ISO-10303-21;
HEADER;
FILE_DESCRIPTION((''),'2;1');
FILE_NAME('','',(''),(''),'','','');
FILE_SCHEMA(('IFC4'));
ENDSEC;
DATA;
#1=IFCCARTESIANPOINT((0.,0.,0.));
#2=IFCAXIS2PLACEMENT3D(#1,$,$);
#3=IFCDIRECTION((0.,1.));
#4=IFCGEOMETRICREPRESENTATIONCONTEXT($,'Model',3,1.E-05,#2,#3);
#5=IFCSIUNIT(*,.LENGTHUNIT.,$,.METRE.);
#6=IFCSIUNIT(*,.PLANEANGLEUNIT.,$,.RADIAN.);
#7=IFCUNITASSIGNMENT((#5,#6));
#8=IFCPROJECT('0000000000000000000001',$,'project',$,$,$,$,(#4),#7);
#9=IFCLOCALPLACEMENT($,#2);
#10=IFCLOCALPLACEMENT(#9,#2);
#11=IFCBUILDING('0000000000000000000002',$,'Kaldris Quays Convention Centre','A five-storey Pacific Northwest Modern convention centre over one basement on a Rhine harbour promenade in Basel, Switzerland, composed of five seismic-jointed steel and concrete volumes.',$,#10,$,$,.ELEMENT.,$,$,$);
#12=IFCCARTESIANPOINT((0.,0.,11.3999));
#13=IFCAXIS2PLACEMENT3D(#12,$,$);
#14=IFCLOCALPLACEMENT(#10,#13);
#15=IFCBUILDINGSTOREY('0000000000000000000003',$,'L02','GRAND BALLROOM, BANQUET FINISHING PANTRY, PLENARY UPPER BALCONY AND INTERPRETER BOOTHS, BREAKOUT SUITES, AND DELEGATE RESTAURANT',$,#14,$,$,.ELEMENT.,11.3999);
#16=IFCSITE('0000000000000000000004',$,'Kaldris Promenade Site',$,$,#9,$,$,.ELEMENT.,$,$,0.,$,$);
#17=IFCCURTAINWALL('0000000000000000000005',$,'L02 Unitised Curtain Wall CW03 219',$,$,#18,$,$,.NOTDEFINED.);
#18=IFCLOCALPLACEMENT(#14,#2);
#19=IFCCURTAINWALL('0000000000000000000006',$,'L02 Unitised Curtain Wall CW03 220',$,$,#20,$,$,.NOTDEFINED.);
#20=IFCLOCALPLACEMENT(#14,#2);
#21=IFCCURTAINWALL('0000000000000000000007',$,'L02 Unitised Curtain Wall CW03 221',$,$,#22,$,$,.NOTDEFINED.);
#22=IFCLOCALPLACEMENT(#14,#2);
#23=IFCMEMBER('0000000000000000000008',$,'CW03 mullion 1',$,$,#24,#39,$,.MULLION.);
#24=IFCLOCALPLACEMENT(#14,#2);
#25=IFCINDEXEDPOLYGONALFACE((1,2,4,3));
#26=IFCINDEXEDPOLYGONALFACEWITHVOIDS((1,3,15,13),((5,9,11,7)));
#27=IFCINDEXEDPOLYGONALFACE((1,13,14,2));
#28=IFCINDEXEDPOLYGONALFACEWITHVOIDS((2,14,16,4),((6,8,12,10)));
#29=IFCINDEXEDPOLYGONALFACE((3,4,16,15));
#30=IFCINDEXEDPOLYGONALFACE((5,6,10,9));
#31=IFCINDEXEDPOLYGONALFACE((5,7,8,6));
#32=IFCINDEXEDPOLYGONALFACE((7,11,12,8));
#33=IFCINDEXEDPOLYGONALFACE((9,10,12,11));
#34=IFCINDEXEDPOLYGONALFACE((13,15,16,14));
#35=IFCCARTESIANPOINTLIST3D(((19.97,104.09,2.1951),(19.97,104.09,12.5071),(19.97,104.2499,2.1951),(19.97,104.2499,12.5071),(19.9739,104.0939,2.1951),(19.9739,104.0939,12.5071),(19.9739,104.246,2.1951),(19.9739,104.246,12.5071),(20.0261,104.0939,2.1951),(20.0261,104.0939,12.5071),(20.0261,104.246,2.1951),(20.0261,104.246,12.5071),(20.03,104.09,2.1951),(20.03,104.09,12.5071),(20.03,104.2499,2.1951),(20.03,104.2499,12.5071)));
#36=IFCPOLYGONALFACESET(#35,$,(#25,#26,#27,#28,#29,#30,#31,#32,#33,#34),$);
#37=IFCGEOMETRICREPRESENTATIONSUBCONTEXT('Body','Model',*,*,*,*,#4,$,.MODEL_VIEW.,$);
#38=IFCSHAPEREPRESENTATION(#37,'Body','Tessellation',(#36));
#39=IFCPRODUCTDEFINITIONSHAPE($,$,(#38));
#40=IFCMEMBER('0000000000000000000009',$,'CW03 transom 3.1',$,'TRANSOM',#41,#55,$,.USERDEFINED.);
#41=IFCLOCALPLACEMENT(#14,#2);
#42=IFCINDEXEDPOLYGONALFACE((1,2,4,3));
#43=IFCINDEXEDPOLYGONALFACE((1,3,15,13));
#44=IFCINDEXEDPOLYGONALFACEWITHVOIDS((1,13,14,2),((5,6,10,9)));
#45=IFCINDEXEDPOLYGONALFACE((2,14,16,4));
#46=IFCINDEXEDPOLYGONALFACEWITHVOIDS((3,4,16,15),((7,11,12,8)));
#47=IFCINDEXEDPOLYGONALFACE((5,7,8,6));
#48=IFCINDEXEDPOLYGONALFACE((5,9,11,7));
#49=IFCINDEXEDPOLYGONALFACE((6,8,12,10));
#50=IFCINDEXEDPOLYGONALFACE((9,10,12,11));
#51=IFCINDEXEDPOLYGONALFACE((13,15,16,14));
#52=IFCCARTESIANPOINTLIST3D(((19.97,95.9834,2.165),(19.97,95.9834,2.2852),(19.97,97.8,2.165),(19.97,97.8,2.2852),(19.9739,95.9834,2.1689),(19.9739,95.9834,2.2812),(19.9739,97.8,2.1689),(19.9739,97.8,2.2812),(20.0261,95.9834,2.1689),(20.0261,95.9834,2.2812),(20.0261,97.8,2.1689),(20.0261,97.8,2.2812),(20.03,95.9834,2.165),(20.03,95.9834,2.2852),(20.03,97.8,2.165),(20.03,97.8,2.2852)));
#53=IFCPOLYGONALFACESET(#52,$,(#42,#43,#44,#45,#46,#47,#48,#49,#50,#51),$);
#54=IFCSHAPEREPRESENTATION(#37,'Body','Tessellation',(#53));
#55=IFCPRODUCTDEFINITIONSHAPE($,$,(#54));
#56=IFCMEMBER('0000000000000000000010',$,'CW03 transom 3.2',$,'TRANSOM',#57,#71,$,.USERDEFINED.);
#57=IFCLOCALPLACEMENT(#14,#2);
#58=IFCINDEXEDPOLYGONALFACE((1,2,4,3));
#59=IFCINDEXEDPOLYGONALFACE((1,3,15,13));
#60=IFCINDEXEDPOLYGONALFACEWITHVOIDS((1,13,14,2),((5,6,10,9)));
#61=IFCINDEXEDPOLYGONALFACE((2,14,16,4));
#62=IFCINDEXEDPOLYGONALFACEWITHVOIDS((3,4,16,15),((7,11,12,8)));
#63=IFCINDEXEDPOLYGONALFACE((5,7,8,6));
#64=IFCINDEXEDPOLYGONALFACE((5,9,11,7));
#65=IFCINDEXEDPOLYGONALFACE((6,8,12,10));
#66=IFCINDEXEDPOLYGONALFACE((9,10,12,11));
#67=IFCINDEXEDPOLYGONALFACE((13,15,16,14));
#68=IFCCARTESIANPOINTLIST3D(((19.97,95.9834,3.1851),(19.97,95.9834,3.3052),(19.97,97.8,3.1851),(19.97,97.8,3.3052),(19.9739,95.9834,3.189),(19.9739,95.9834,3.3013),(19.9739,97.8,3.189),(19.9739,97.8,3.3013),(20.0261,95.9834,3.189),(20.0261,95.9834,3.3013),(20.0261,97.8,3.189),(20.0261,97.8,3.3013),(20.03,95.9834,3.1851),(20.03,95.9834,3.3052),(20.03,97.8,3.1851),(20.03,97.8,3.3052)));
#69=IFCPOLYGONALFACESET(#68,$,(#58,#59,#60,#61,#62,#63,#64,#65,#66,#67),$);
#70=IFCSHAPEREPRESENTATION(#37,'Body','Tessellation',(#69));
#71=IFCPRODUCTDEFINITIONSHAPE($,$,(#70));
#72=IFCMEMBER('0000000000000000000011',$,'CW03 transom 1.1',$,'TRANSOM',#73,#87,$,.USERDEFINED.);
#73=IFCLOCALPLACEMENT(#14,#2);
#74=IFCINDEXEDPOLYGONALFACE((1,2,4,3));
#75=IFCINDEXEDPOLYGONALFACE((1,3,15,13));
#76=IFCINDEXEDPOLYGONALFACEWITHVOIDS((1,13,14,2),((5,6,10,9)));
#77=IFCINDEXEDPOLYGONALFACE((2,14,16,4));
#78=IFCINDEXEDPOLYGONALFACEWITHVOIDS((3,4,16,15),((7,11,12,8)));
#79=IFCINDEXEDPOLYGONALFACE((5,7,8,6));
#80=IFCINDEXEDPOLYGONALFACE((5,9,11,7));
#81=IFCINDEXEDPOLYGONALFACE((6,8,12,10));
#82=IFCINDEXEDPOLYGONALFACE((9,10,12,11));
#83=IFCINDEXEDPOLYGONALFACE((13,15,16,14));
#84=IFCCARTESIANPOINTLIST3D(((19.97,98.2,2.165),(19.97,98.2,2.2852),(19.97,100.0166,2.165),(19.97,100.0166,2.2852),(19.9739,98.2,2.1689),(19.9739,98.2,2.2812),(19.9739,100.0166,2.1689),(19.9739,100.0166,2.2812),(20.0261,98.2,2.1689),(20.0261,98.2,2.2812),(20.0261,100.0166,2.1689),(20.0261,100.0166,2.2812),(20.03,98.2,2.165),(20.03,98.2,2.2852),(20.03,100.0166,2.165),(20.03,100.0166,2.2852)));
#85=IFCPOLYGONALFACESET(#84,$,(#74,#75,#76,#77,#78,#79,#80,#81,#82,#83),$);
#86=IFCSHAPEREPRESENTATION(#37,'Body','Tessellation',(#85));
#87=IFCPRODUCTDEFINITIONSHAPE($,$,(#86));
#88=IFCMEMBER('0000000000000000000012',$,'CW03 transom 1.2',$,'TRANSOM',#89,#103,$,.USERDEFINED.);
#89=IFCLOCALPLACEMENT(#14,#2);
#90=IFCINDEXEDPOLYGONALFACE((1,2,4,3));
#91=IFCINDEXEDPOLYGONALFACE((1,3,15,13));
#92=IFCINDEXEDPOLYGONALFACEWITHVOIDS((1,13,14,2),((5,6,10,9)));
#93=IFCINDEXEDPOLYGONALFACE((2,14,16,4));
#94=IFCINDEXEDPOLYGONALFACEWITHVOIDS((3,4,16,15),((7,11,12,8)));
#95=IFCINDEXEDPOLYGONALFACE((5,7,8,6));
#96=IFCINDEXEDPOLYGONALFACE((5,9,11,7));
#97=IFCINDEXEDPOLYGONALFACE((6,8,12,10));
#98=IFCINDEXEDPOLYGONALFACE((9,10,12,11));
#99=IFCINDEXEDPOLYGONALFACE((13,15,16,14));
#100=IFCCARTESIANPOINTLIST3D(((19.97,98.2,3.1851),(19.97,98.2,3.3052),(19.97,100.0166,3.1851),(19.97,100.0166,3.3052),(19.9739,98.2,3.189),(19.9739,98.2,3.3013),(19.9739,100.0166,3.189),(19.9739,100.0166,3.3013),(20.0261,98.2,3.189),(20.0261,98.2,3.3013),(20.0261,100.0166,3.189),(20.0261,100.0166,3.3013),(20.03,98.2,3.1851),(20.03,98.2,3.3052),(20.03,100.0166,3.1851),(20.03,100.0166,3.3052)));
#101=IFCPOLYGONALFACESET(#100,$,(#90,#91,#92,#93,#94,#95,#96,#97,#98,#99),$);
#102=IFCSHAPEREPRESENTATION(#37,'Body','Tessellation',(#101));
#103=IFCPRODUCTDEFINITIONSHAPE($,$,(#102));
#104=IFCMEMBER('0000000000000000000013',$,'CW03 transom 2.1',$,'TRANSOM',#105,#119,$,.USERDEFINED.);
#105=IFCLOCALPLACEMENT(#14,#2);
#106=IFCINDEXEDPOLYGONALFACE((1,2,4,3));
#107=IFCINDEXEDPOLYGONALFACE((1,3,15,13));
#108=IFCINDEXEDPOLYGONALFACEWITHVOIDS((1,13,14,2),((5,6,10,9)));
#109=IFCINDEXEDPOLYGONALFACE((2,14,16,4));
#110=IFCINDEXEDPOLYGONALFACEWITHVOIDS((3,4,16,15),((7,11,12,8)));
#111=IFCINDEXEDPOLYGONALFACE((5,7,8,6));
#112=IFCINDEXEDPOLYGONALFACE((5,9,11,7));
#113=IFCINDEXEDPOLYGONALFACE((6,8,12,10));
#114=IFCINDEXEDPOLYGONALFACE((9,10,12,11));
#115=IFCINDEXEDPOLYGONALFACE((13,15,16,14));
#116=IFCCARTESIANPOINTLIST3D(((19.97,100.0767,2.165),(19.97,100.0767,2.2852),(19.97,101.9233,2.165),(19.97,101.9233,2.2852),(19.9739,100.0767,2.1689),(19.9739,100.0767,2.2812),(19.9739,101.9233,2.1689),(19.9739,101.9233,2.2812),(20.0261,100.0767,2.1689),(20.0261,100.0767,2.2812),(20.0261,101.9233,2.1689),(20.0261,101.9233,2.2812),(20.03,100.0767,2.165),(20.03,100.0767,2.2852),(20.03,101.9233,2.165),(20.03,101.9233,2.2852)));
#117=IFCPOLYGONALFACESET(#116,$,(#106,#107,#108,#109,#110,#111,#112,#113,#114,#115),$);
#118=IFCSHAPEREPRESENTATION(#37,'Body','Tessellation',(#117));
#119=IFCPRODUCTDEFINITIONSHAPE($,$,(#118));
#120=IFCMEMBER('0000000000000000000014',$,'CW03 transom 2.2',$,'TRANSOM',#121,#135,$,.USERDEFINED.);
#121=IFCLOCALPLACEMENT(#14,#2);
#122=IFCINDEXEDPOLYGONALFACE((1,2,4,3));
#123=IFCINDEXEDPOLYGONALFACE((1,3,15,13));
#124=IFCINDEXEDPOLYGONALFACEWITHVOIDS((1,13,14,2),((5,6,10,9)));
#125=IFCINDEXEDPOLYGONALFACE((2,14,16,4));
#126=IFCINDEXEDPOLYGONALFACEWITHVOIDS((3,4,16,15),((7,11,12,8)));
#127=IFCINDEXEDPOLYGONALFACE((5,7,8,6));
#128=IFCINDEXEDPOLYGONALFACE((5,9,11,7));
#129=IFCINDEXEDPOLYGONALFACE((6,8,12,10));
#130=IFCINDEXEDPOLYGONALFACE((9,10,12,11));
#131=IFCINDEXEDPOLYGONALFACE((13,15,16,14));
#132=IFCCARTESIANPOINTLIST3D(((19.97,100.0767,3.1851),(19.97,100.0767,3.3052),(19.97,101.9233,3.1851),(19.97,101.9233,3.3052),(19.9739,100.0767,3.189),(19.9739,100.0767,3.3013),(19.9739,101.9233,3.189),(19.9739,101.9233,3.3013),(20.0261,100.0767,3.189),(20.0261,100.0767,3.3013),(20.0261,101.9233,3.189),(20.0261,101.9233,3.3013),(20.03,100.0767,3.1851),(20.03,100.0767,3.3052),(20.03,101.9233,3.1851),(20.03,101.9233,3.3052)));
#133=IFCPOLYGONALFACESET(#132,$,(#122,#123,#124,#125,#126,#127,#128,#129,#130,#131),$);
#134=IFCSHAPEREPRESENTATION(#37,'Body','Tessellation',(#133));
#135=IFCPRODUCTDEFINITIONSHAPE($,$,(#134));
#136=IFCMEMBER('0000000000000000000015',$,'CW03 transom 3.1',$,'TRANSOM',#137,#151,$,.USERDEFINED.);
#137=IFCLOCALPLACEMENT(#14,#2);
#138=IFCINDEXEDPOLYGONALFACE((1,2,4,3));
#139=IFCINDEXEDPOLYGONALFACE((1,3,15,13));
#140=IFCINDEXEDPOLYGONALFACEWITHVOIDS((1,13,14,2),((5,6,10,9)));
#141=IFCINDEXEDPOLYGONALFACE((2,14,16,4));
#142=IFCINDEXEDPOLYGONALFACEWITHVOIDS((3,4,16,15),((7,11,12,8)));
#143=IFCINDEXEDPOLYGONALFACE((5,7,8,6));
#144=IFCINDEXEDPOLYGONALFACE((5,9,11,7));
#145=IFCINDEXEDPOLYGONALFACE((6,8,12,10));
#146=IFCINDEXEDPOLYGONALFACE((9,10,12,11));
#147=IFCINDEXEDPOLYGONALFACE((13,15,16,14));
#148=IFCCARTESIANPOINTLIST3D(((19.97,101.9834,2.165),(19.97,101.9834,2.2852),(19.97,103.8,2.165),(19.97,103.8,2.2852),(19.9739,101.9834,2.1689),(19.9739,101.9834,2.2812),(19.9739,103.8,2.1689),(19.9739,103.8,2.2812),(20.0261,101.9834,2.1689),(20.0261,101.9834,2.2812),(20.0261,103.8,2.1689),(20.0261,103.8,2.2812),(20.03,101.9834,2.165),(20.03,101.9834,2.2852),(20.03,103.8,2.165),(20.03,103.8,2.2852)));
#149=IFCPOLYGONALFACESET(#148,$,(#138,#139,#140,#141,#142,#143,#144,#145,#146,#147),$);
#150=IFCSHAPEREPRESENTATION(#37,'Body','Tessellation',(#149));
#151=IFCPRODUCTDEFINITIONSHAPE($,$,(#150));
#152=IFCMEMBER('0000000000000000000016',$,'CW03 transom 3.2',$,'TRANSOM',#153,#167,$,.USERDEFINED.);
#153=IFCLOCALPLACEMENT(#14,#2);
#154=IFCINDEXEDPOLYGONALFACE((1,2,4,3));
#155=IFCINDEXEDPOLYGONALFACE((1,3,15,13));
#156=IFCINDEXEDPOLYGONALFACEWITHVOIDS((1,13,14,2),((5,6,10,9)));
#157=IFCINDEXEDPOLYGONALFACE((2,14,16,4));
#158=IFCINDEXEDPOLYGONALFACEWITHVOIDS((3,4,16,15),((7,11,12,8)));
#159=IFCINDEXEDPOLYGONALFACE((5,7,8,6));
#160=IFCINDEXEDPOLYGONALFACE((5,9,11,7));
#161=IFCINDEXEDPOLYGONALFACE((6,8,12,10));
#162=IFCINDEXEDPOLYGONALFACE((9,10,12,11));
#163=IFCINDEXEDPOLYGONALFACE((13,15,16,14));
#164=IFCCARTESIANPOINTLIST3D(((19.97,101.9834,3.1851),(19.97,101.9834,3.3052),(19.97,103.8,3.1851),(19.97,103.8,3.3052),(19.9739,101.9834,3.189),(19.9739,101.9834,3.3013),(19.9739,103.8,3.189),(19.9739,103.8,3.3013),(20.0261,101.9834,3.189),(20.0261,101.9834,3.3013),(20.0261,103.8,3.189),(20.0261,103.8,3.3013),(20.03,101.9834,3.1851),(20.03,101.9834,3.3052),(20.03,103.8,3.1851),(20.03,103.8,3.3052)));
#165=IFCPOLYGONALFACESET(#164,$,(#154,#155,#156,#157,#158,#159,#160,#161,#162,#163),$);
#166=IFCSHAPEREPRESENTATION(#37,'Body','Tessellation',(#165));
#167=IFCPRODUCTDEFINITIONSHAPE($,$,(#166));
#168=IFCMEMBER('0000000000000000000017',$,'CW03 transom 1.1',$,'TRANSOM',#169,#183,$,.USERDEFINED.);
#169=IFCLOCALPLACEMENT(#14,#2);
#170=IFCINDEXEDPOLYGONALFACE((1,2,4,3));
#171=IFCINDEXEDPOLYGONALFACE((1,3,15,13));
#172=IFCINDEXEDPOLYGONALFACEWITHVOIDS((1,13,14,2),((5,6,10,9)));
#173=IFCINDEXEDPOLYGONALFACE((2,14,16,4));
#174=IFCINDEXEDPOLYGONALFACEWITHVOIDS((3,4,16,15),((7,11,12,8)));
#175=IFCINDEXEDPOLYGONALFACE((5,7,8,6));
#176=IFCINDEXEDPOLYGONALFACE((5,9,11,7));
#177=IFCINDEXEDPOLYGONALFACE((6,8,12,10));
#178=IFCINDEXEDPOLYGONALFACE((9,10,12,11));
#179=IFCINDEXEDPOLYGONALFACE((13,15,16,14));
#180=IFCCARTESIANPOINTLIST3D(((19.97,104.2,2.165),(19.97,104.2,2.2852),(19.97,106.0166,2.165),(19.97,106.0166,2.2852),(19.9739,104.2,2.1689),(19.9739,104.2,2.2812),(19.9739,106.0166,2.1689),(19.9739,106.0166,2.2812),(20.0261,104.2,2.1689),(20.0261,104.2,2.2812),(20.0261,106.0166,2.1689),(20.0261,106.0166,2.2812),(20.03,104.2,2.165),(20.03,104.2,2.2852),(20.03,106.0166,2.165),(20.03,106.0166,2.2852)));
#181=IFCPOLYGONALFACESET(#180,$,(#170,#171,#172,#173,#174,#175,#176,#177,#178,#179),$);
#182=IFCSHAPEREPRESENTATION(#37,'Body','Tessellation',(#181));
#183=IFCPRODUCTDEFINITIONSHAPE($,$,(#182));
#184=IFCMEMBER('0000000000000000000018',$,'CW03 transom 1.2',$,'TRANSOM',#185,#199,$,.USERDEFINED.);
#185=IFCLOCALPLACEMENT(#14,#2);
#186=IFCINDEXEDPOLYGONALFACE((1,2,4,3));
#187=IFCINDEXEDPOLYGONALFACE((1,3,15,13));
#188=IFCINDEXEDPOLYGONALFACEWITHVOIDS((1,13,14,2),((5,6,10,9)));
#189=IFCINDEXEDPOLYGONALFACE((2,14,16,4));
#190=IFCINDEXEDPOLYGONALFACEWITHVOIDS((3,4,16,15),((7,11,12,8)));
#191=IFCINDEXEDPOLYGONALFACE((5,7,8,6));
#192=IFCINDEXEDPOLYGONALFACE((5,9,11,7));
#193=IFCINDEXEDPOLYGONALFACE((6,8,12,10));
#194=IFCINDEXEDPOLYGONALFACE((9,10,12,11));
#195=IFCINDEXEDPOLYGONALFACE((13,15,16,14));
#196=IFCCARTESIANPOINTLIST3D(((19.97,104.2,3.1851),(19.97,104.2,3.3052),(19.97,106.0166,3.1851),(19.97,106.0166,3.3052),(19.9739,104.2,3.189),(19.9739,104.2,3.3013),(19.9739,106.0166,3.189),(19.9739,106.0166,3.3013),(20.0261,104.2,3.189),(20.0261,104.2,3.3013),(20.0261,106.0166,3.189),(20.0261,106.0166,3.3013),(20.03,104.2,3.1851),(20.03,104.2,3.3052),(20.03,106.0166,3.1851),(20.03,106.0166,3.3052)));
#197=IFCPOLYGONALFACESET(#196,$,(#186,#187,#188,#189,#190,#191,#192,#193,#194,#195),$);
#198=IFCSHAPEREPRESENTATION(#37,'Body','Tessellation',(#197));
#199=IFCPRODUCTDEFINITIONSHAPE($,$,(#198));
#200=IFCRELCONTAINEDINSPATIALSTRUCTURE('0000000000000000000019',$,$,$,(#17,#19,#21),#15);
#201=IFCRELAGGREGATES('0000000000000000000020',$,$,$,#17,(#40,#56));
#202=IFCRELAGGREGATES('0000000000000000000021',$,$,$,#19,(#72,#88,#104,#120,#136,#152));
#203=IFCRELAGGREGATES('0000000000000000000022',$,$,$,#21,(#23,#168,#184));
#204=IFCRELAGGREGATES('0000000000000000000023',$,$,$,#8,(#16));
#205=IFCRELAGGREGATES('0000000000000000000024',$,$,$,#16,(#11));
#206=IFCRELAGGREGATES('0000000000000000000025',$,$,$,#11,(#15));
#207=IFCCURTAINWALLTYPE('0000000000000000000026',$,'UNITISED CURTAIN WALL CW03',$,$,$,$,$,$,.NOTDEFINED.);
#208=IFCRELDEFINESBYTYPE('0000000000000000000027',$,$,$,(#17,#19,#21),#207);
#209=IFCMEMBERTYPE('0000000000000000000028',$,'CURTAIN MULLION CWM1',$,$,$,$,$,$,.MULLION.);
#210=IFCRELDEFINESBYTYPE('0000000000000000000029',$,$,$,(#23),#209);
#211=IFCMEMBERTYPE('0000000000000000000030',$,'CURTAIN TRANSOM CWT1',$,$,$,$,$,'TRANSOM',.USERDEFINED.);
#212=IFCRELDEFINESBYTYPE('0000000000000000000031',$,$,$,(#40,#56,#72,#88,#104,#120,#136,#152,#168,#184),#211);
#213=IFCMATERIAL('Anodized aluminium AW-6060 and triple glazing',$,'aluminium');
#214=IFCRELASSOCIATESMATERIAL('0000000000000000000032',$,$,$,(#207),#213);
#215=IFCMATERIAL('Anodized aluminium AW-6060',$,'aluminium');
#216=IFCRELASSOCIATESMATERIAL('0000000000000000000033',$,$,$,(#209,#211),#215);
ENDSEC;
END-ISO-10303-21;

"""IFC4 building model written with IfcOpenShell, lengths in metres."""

from ifc_helpers import new_model, si_unit, direction, frame, origin, origin_2d, place, context, subcontext, project, spatial, hollow_rectangle, extrude, material, material_profile, profile_set, type_object, element, aggregate, save


model = new_model("IFC4")

# Units and contexts
model_context = context("Model", 3, precision=1e-05, world=origin(), true_north=direction((0.0, 1.0)))
body_context = subcontext(model_context, "Body", "Model", "MODEL_VIEW")
ifc_project = project(units=[si_unit("LENGTHUNIT", "METRE"), si_unit("PLANEANGLEUNIT", "RADIAN")], contexts=[model_context])

# Site, building, storey
site_placement = place(None, origin())
site = spatial("IfcSite", under=ifc_project, at=site_placement, Name="Kaldris Promenade Site", CompositionType="ELEMENT", RefElevation=0.0)
building_placement = place(site_placement, origin())
building = spatial("IfcBuilding", under=site, at=building_placement, Name="Kaldris Quays Convention Centre", Description="A five-storey Pacific Northwest Modern convention centre over one basement on a Rhine harbour promenade in Basel, Switzerland, composed of five seismic-jointed steel and concrete volumes.", CompositionType="ELEMENT")
storey_placement = place(building_placement, frame((0.0, 0.0, 11.3999)))
storey = spatial("IfcBuildingStorey", under=building, at=storey_placement, Name="L02", Description="GRAND BALLROOM, BANQUET FINISHING PANTRY, PLENARY UPPER BALCONY AND INTERPRETER BOOTHS, BREAKOUT SUITES, AND DELEGATE RESTAURANT", CompositionType="ELEMENT", Elevation=11.3999)

# Curtain walls
ifc_material_1 = material(Name="Anodized aluminium AW-6060 and triple glazing", Category="aluminium")
curtain_wall_type = type_object("IfcCurtainWallType", Name="UNITISED CURTAIN WALL CW03", PredefinedType="NOTDEFINED", material=ifc_material_1)
curtain_wall_1_placement = place(storey_placement, origin())
curtain_wall_1 = element("IfcCurtainWall", 1, at=curtain_wall_1_placement, inside=storey, type_object=curtain_wall_type, Name="L02 Unitised Curtain Wall CW03 219", PredefinedType="NOTDEFINED")
ifc_material_2 = material(Name="Anodized aluminium AW-6060", Category="aluminium")
ifc_material_profile_1 = material_profile(ifc_material_2, hollow_rectangle(XDim=0.0601, YDim=0.1599, WallThickness=0.0039, at=origin_2d()), Name="RHS 160x60x4")
ifc_profile_set_1 = profile_set([ifc_material_profile_1], Name="Anodized aluminium AW-6060")
member_type_1 = type_object("IfcMemberType", Name="CURTAIN MULLION CWM1", PredefinedType="MULLION", material=ifc_profile_set_1)
curtain_wall_2_placement = place(storey_placement, origin())
curtain_wall_2 = element("IfcCurtainWall", 2, at=curtain_wall_2_placement, inside=storey, type_object=curtain_wall_type, Name="L02 Unitised Curtain Wall CW03 220", PredefinedType="NOTDEFINED")

# Curtain wall, member
curtain_wall_3_placement = place(storey_placement, origin())
curtain_wall_3 = element("IfcCurtainWall", 3, at=curtain_wall_3_placement, inside=storey, type_object=curtain_wall_type, Name="L02 Unitised Curtain Wall CW03 221", PredefinedType="NOTDEFINED")
member_1_placement = place(storey_placement, frame((20.0, 104.1699, 2.1951), z_axis=(0.0, 0.0, 1.0), x_axis=(-1.0, 0.0, 0.0)))
member_1 = element("IfcMember", 4, at=member_1_placement, type_object=member_type_1, Name="CW03 mullion 1", PredefinedType="MULLION", context=body_context, shape_type="SweptSolid", body=[
    extrude(hollow_rectangle(XDim=0.0601, YDim=0.1599, WallThickness=0.0039, at=origin_2d()), origin(), (0.0, 0.0, 1.0), 10.312),
])

# Members
ifc_material_profile_2 = material_profile(ifc_material_2, hollow_rectangle(XDim=0.0601, YDim=0.1201, WallThickness=0.0039, at=origin_2d()), Name="RHS 120x60x4")
ifc_profile_set_2 = profile_set([ifc_material_profile_2], Name="Anodized aluminium AW-6060")
member_type_2 = type_object("IfcMemberType", Name="CURTAIN TRANSOM CWT1", ElementType="TRANSOM", PredefinedType="USERDEFINED", material=ifc_profile_set_2)
member_2_placement = place(storey_placement, frame((20.0, 95.9834, 2.2251), z_axis=(0.0, 1.0, 0.0), x_axis=(-1.0, 0.0, 0.0)))
member_2 = element("IfcMember", 5, at=member_2_placement, type_object=member_type_2, Name="CW03 transom 3.1", ObjectType="TRANSOM", PredefinedType="USERDEFINED", context=body_context, shape_type="SweptSolid", body=[
    extrude(hollow_rectangle(XDim=0.0601, YDim=0.1201, WallThickness=0.0039, at=origin_2d()), origin(), (0.0, 0.0, 1.0), 1.8167),
])
member_3_placement = place(storey_placement, frame((20.0, 95.9834, 3.2451), z_axis=(0.0, 1.0, 0.0), x_axis=(-1.0, 0.0, 0.0)))
member_3 = element("IfcMember", 6, at=member_3_placement, type_object=member_type_2, Name="CW03 transom 3.2", ObjectType="TRANSOM", PredefinedType="USERDEFINED", context=body_context, shape_type="SweptSolid", body=[
    extrude(hollow_rectangle(XDim=0.0601, YDim=0.1201, WallThickness=0.0039, at=origin_2d()), origin(), (0.0, 0.0, 1.0), 1.8167),
])
member_4_placement = place(storey_placement, frame((20.0, 98.2, 2.2251), z_axis=(0.0, 1.0, 0.0), x_axis=(-1.0, 0.0, 0.0)))
member_4 = element("IfcMember", 7, at=member_4_placement, type_object=member_type_2, Name="CW03 transom 1.1", ObjectType="TRANSOM", PredefinedType="USERDEFINED", context=body_context, shape_type="SweptSolid", body=[
    extrude(hollow_rectangle(XDim=0.0601, YDim=0.1201, WallThickness=0.0039, at=origin_2d()), origin(), (0.0, 0.0, 1.0), 1.8167),
])
member_5_placement = place(storey_placement, frame((20.0, 98.2, 3.2451), z_axis=(0.0, 1.0, 0.0), x_axis=(-1.0, 0.0, 0.0)))
member_5 = element("IfcMember", 8, at=member_5_placement, type_object=member_type_2, Name="CW03 transom 1.2", ObjectType="TRANSOM", PredefinedType="USERDEFINED", context=body_context, shape_type="SweptSolid", body=[
    extrude(hollow_rectangle(XDim=0.0601, YDim=0.1201, WallThickness=0.0039, at=origin_2d()), origin(), (0.0, 0.0, 1.0), 1.8167),
])
member_6_placement = place(storey_placement, frame((20.0, 100.0767, 2.2251), z_axis=(0.0, 1.0, 0.0), x_axis=(-1.0, 0.0, 0.0)))
member_6 = element("IfcMember", 9, at=member_6_placement, type_object=member_type_2, Name="CW03 transom 2.1", ObjectType="TRANSOM", PredefinedType="USERDEFINED", context=body_context, shape_type="SweptSolid", body=[
    extrude(hollow_rectangle(XDim=0.0601, YDim=0.1201, WallThickness=0.0039, at=origin_2d()), origin(), (0.0, 0.0, 1.0), 1.8467),
])
member_7_placement = place(storey_placement, frame((20.0, 100.0767, 3.2451), z_axis=(0.0, 1.0, 0.0), x_axis=(-1.0, 0.0, 0.0)))
member_7 = element("IfcMember", 10, at=member_7_placement, type_object=member_type_2, Name="CW03 transom 2.2", ObjectType="TRANSOM", PredefinedType="USERDEFINED", context=body_context, shape_type="SweptSolid", body=[
    extrude(hollow_rectangle(XDim=0.0601, YDim=0.1201, WallThickness=0.0039, at=origin_2d()), origin(), (0.0, 0.0, 1.0), 1.8467),
])
member_8_placement = place(storey_placement, frame((20.0, 101.9834, 2.2251), z_axis=(0.0, 1.0, 0.0), x_axis=(-1.0, 0.0, 0.0)))
member_8 = element("IfcMember", 11, at=member_8_placement, type_object=member_type_2, Name="CW03 transom 3.1", ObjectType="TRANSOM", PredefinedType="USERDEFINED", context=body_context, shape_type="SweptSolid", body=[
    extrude(hollow_rectangle(XDim=0.0601, YDim=0.1201, WallThickness=0.0039, at=origin_2d()), origin(), (0.0, 0.0, 1.0), 1.8167),
])
member_9_placement = place(storey_placement, frame((20.0, 101.9834, 3.2451), z_axis=(0.0, 1.0, 0.0), x_axis=(-1.0, 0.0, 0.0)))
member_9 = element("IfcMember", 12, at=member_9_placement, type_object=member_type_2, Name="CW03 transom 3.2", ObjectType="TRANSOM", PredefinedType="USERDEFINED", context=body_context, shape_type="SweptSolid", body=[
    extrude(hollow_rectangle(XDim=0.0601, YDim=0.1201, WallThickness=0.0039, at=origin_2d()), origin(), (0.0, 0.0, 1.0), 1.8167),
])
member_10_placement = place(storey_placement, frame((20.0, 104.2, 2.2251), z_axis=(0.0, 1.0, 0.0), x_axis=(-1.0, 0.0, 0.0)))
member_10 = element("IfcMember", 13, at=member_10_placement, type_object=member_type_2, Name="CW03 transom 1.1", ObjectType="TRANSOM", PredefinedType="USERDEFINED", context=body_context, shape_type="SweptSolid", body=[
    extrude(hollow_rectangle(XDim=0.0601, YDim=0.1201, WallThickness=0.0039, at=origin_2d()), origin(), (0.0, 0.0, 1.0), 1.8167),
])
member_11_placement = place(storey_placement, frame((20.0, 104.2, 3.2451), z_axis=(0.0, 1.0, 0.0), x_axis=(-1.0, 0.0, 0.0)))
member_11 = element("IfcMember", 14, at=member_11_placement, type_object=member_type_2, Name="CW03 transom 1.2", ObjectType="TRANSOM", PredefinedType="USERDEFINED", context=body_context, shape_type="SweptSolid", body=[
    extrude(hollow_rectangle(XDim=0.0601, YDim=0.1201, WallThickness=0.0039, at=origin_2d()), origin(), (0.0, 0.0, 1.0), 1.8167),
])

aggregate(curtain_wall_1, [member_2, member_3])
aggregate(curtain_wall_2, [member_4, member_5, member_6, member_7, member_8, member_9])
aggregate(curtain_wall_3, [member_1, member_10, member_11])

save(model, "model.ifc")
